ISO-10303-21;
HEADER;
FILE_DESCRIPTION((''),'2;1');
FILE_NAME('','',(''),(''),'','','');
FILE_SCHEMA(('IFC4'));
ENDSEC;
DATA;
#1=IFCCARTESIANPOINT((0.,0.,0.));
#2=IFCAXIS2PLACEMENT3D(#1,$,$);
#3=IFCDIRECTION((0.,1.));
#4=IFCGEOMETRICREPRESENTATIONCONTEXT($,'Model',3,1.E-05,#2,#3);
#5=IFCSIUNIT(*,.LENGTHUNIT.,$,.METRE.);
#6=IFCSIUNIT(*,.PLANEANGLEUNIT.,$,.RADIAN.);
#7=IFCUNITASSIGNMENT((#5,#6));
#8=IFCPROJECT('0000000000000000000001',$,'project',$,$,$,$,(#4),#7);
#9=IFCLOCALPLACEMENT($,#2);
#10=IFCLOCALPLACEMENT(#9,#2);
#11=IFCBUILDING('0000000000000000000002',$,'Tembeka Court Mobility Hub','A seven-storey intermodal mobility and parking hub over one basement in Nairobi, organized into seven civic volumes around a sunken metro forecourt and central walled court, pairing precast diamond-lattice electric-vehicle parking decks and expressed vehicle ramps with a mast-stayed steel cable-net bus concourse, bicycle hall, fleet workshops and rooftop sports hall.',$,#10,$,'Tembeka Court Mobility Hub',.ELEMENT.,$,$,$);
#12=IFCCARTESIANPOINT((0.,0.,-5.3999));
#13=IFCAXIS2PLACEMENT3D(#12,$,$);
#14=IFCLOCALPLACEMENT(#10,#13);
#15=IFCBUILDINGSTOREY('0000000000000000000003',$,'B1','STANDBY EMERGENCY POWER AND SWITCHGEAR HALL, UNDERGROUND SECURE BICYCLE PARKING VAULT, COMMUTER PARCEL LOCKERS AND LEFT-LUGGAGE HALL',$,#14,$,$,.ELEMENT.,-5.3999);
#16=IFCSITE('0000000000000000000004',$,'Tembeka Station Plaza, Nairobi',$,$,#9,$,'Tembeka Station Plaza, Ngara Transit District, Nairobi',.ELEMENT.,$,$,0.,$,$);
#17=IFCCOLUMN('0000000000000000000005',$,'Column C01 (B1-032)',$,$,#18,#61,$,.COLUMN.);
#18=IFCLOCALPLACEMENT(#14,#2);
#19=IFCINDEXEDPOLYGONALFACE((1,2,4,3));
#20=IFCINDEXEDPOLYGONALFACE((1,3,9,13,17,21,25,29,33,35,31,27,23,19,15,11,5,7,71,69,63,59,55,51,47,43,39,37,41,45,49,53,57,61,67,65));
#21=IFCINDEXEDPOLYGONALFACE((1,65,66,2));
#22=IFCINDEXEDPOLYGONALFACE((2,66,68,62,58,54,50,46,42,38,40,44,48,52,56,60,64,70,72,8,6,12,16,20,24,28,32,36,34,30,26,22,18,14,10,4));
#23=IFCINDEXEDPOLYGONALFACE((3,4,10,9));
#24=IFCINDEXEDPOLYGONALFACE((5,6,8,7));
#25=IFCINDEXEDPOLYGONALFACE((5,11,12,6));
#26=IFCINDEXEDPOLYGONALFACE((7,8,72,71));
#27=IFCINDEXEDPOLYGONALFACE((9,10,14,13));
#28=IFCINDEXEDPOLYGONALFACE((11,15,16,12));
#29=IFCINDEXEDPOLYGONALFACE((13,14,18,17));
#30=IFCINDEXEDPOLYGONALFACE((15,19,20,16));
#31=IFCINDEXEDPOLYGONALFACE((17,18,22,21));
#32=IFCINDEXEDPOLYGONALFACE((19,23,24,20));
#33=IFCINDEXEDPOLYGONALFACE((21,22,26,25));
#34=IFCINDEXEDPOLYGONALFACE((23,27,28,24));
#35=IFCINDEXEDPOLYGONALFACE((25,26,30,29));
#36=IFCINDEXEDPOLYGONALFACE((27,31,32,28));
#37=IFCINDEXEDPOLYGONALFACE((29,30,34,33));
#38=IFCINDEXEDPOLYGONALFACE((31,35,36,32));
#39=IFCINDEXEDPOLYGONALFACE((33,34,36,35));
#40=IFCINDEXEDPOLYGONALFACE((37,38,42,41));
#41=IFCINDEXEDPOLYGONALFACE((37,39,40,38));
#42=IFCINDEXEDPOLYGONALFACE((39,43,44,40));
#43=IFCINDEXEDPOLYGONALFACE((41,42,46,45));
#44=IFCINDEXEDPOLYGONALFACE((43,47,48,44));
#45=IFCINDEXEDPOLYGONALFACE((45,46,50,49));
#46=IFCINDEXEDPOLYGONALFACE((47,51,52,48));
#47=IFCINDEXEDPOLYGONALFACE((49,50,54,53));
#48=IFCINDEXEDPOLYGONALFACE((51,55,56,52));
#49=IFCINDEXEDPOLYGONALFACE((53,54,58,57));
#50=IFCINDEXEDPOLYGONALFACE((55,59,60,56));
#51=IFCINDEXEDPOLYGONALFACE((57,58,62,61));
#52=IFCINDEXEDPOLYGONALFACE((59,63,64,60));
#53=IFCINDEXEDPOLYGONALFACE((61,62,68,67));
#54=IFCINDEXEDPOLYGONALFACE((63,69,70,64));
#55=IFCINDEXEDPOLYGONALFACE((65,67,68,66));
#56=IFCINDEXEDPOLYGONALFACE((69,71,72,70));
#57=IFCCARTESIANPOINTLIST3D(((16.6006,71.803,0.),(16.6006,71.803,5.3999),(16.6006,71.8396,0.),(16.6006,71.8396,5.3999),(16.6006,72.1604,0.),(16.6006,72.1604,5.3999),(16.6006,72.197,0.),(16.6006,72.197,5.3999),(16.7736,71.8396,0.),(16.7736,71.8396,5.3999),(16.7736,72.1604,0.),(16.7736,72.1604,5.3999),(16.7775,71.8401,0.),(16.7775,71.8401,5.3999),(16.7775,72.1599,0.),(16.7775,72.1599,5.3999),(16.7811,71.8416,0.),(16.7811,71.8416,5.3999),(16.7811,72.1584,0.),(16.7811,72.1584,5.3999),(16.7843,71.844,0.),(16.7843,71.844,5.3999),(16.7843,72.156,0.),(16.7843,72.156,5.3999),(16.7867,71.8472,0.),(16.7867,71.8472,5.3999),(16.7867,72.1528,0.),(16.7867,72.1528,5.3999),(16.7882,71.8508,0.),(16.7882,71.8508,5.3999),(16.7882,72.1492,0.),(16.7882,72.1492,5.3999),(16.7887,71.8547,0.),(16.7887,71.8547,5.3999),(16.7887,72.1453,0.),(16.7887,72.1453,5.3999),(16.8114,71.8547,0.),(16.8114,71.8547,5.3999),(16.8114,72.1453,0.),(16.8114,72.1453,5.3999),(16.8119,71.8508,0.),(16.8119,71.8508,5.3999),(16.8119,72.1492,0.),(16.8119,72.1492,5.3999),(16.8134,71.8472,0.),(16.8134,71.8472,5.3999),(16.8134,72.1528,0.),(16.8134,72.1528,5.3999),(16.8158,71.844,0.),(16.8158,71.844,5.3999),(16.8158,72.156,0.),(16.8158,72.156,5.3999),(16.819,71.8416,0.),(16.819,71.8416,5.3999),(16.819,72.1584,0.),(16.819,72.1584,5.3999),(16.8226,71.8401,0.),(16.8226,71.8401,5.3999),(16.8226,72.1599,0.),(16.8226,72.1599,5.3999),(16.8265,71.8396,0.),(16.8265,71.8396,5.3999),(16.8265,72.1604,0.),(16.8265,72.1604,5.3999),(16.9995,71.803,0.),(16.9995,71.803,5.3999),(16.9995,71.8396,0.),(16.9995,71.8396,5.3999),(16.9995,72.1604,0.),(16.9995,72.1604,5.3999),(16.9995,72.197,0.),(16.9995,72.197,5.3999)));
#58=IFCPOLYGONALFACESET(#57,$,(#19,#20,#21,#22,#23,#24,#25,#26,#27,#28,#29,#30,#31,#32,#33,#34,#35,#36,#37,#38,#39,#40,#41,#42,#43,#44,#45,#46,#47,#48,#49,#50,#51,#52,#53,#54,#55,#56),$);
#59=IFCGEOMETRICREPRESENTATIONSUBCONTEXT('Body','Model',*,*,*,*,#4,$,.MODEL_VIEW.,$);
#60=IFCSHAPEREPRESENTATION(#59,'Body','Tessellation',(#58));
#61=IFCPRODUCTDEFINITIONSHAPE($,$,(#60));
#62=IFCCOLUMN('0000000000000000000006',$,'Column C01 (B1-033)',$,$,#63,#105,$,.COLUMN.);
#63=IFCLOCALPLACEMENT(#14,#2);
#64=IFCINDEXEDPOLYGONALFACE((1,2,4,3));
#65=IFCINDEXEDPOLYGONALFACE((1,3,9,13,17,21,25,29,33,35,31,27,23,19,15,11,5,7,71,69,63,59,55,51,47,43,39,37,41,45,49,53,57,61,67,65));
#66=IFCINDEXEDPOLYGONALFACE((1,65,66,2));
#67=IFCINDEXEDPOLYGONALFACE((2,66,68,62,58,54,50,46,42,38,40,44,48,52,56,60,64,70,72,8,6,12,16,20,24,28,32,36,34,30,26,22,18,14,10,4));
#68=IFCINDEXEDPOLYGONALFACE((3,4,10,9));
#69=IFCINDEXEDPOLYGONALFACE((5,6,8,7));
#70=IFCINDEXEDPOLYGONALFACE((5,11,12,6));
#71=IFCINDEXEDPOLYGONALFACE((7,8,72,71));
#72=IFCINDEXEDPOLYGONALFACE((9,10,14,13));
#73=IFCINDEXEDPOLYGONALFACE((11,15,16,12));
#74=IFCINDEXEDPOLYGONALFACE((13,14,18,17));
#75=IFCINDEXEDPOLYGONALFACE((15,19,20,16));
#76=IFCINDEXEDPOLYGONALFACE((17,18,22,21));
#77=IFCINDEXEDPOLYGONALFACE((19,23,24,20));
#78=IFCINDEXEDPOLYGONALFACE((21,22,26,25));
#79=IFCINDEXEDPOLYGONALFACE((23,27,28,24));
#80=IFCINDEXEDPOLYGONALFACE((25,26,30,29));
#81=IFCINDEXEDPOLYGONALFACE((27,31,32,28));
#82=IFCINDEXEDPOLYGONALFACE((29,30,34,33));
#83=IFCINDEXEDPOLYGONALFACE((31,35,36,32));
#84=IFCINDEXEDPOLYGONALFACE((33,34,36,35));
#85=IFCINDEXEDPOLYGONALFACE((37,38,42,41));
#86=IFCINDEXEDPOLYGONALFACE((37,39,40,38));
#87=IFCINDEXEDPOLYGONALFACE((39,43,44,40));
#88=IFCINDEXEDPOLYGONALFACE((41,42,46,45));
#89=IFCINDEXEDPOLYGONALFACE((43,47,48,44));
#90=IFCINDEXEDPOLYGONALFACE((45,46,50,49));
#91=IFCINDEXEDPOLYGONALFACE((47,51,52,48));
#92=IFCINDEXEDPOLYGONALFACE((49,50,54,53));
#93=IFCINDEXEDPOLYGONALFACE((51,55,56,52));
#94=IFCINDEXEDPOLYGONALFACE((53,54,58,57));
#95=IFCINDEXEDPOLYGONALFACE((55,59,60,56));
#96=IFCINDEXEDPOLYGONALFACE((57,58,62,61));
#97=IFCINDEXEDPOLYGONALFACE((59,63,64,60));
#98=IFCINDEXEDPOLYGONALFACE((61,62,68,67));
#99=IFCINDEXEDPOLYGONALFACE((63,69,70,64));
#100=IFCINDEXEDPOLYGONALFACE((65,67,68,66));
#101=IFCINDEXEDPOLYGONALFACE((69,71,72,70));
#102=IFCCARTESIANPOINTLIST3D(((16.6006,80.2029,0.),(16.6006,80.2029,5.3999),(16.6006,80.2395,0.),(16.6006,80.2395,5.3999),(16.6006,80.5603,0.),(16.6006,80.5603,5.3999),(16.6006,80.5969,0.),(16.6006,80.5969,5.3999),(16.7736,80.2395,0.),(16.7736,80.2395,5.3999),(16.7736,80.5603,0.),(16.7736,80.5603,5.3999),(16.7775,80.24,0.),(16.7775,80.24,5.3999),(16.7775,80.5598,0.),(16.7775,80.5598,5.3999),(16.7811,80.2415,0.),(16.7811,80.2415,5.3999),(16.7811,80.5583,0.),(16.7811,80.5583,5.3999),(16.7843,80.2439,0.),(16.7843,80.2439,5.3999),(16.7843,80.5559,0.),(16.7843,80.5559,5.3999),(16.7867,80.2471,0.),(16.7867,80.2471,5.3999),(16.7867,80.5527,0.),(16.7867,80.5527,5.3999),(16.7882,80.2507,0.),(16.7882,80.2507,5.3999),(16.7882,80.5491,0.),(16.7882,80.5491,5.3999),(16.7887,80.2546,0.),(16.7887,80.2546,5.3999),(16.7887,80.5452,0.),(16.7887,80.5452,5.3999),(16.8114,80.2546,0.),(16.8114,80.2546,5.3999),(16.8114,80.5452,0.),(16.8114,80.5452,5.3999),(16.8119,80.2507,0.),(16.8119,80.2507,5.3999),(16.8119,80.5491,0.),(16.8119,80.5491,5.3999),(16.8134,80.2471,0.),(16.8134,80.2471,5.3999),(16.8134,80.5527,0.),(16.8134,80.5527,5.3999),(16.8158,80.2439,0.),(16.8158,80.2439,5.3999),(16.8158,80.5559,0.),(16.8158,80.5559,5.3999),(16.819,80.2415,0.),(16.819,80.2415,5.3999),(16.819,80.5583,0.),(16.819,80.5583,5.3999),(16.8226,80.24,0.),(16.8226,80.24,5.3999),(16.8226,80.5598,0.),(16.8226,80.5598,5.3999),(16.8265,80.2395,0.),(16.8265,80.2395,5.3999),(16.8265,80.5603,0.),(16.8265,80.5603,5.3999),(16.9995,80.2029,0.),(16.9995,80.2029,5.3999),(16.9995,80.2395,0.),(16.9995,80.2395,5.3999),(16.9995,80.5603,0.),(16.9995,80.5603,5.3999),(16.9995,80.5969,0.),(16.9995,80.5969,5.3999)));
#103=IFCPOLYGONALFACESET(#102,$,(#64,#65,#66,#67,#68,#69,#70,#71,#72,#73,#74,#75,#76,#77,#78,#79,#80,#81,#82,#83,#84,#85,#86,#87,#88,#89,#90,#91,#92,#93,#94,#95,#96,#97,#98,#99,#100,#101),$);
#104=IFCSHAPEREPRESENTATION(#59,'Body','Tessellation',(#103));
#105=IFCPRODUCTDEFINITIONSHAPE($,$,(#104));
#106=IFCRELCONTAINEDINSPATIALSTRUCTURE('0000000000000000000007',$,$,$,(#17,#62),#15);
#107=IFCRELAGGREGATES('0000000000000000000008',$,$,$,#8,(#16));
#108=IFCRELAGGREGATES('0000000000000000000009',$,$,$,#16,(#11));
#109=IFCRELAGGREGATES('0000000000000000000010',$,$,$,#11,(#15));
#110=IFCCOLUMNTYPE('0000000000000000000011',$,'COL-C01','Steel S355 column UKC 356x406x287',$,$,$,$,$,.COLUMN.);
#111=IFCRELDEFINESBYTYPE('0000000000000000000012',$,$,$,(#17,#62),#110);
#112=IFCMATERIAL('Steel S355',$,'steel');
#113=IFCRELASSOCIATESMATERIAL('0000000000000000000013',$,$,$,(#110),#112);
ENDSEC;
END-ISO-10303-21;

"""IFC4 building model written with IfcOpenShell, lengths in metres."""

from ifc_helpers import new_model, si_unit, direction, frame, origin, origin_2d, place, context, subcontext, project, spatial, i_section, extrude, material, material_profile, profile_set, type_object, element, save


model = new_model("IFC4")

# Units and contexts
model_context = context("Model", 3, precision=1e-05, world=origin(), true_north=direction((0.0, 1.0)))
body_context = subcontext(model_context, "Body", "Model", "MODEL_VIEW")
ifc_project = project(units=[si_unit("LENGTHUNIT", "METRE"), si_unit("PLANEANGLEUNIT", "RADIAN")], contexts=[model_context])

# Site, building, storey
site_placement = place(None, origin())
site = spatial("IfcSite", under=ifc_project, at=site_placement, Name="Tembeka Station Plaza, Nairobi", LongName="Tembeka Station Plaza, Ngara Transit District, Nairobi", CompositionType="ELEMENT", RefElevation=0.0)
building_placement = place(site_placement, origin())
building = spatial("IfcBuilding", under=site, at=building_placement, Name="Tembeka Court Mobility Hub", Description="A seven-storey intermodal mobility and parking hub over one basement in Nairobi, organized into seven civic volumes around a sunken metro forecourt and central walled court, pairing precast diamond-lattice electric-vehicle parking decks and expressed vehicle ramps with a mast-stayed steel cable-net bus concourse, bicycle hall, fleet workshops and rooftop sports hall.", LongName="Tembeka Court Mobility Hub", CompositionType="ELEMENT")
storey_placement = place(building_placement, frame((0.0, 0.0, -5.3999)))
storey = spatial("IfcBuildingStorey", under=building, at=storey_placement, Name="B1", Description="STANDBY EMERGENCY POWER AND SWITCHGEAR HALL, UNDERGROUND SECURE BICYCLE PARKING VAULT, COMMUTER PARCEL LOCKERS AND LEFT-LUGGAGE HALL", CompositionType="ELEMENT", Elevation=-5.3999)

# Columns
ifc_material_1 = material(Name="Steel S355", Category="steel")
ifc_material_profile_1 = material_profile(ifc_material_1, i_section(OverallWidth=0.3989, OverallDepth=0.394, WebThickness=0.0227, FlangeThickness=0.0366, FilletRadius=0.0151, at=origin_2d()), Name="UKC 356x406x287")
ifc_profile_set_1 = profile_set([ifc_material_profile_1], Name="Steel S355")
column_type = type_object("IfcColumnType", Name="COL-C01", Description="Steel S355 column UKC 356x406x287", PredefinedType="COLUMN", material=ifc_profile_set_1)
for number, where, z_axis, x_axis, name in (
    (1, (16.8, 72.0, 0.0), (0.0, 0.0, 1.0), (1.0, 0.0, 0.0), "Column C01 (B1-032)"),
    (2, (16.8, 80.3999, 0.0), (0.0, 0.0, 1.0), (1.0, 0.0, 0.0), "Column C01 (B1-033)"),
):
    element("IfcColumn", number, at=place(storey_placement, frame(where, z_axis=z_axis, x_axis=x_axis)), inside=storey, type_object=column_type, Name=name, PredefinedType="COLUMN", context=body_context, shape_type="SweptSolid", body=[
        extrude(i_section(OverallWidth=0.3989, OverallDepth=0.394, WebThickness=0.0227, FlangeThickness=0.0366, FilletRadius=0.0151, at=origin_2d()), origin(), (0.0, 0.0, 1.0), 5.3999),
    ])

save(model, "model.ifc")
